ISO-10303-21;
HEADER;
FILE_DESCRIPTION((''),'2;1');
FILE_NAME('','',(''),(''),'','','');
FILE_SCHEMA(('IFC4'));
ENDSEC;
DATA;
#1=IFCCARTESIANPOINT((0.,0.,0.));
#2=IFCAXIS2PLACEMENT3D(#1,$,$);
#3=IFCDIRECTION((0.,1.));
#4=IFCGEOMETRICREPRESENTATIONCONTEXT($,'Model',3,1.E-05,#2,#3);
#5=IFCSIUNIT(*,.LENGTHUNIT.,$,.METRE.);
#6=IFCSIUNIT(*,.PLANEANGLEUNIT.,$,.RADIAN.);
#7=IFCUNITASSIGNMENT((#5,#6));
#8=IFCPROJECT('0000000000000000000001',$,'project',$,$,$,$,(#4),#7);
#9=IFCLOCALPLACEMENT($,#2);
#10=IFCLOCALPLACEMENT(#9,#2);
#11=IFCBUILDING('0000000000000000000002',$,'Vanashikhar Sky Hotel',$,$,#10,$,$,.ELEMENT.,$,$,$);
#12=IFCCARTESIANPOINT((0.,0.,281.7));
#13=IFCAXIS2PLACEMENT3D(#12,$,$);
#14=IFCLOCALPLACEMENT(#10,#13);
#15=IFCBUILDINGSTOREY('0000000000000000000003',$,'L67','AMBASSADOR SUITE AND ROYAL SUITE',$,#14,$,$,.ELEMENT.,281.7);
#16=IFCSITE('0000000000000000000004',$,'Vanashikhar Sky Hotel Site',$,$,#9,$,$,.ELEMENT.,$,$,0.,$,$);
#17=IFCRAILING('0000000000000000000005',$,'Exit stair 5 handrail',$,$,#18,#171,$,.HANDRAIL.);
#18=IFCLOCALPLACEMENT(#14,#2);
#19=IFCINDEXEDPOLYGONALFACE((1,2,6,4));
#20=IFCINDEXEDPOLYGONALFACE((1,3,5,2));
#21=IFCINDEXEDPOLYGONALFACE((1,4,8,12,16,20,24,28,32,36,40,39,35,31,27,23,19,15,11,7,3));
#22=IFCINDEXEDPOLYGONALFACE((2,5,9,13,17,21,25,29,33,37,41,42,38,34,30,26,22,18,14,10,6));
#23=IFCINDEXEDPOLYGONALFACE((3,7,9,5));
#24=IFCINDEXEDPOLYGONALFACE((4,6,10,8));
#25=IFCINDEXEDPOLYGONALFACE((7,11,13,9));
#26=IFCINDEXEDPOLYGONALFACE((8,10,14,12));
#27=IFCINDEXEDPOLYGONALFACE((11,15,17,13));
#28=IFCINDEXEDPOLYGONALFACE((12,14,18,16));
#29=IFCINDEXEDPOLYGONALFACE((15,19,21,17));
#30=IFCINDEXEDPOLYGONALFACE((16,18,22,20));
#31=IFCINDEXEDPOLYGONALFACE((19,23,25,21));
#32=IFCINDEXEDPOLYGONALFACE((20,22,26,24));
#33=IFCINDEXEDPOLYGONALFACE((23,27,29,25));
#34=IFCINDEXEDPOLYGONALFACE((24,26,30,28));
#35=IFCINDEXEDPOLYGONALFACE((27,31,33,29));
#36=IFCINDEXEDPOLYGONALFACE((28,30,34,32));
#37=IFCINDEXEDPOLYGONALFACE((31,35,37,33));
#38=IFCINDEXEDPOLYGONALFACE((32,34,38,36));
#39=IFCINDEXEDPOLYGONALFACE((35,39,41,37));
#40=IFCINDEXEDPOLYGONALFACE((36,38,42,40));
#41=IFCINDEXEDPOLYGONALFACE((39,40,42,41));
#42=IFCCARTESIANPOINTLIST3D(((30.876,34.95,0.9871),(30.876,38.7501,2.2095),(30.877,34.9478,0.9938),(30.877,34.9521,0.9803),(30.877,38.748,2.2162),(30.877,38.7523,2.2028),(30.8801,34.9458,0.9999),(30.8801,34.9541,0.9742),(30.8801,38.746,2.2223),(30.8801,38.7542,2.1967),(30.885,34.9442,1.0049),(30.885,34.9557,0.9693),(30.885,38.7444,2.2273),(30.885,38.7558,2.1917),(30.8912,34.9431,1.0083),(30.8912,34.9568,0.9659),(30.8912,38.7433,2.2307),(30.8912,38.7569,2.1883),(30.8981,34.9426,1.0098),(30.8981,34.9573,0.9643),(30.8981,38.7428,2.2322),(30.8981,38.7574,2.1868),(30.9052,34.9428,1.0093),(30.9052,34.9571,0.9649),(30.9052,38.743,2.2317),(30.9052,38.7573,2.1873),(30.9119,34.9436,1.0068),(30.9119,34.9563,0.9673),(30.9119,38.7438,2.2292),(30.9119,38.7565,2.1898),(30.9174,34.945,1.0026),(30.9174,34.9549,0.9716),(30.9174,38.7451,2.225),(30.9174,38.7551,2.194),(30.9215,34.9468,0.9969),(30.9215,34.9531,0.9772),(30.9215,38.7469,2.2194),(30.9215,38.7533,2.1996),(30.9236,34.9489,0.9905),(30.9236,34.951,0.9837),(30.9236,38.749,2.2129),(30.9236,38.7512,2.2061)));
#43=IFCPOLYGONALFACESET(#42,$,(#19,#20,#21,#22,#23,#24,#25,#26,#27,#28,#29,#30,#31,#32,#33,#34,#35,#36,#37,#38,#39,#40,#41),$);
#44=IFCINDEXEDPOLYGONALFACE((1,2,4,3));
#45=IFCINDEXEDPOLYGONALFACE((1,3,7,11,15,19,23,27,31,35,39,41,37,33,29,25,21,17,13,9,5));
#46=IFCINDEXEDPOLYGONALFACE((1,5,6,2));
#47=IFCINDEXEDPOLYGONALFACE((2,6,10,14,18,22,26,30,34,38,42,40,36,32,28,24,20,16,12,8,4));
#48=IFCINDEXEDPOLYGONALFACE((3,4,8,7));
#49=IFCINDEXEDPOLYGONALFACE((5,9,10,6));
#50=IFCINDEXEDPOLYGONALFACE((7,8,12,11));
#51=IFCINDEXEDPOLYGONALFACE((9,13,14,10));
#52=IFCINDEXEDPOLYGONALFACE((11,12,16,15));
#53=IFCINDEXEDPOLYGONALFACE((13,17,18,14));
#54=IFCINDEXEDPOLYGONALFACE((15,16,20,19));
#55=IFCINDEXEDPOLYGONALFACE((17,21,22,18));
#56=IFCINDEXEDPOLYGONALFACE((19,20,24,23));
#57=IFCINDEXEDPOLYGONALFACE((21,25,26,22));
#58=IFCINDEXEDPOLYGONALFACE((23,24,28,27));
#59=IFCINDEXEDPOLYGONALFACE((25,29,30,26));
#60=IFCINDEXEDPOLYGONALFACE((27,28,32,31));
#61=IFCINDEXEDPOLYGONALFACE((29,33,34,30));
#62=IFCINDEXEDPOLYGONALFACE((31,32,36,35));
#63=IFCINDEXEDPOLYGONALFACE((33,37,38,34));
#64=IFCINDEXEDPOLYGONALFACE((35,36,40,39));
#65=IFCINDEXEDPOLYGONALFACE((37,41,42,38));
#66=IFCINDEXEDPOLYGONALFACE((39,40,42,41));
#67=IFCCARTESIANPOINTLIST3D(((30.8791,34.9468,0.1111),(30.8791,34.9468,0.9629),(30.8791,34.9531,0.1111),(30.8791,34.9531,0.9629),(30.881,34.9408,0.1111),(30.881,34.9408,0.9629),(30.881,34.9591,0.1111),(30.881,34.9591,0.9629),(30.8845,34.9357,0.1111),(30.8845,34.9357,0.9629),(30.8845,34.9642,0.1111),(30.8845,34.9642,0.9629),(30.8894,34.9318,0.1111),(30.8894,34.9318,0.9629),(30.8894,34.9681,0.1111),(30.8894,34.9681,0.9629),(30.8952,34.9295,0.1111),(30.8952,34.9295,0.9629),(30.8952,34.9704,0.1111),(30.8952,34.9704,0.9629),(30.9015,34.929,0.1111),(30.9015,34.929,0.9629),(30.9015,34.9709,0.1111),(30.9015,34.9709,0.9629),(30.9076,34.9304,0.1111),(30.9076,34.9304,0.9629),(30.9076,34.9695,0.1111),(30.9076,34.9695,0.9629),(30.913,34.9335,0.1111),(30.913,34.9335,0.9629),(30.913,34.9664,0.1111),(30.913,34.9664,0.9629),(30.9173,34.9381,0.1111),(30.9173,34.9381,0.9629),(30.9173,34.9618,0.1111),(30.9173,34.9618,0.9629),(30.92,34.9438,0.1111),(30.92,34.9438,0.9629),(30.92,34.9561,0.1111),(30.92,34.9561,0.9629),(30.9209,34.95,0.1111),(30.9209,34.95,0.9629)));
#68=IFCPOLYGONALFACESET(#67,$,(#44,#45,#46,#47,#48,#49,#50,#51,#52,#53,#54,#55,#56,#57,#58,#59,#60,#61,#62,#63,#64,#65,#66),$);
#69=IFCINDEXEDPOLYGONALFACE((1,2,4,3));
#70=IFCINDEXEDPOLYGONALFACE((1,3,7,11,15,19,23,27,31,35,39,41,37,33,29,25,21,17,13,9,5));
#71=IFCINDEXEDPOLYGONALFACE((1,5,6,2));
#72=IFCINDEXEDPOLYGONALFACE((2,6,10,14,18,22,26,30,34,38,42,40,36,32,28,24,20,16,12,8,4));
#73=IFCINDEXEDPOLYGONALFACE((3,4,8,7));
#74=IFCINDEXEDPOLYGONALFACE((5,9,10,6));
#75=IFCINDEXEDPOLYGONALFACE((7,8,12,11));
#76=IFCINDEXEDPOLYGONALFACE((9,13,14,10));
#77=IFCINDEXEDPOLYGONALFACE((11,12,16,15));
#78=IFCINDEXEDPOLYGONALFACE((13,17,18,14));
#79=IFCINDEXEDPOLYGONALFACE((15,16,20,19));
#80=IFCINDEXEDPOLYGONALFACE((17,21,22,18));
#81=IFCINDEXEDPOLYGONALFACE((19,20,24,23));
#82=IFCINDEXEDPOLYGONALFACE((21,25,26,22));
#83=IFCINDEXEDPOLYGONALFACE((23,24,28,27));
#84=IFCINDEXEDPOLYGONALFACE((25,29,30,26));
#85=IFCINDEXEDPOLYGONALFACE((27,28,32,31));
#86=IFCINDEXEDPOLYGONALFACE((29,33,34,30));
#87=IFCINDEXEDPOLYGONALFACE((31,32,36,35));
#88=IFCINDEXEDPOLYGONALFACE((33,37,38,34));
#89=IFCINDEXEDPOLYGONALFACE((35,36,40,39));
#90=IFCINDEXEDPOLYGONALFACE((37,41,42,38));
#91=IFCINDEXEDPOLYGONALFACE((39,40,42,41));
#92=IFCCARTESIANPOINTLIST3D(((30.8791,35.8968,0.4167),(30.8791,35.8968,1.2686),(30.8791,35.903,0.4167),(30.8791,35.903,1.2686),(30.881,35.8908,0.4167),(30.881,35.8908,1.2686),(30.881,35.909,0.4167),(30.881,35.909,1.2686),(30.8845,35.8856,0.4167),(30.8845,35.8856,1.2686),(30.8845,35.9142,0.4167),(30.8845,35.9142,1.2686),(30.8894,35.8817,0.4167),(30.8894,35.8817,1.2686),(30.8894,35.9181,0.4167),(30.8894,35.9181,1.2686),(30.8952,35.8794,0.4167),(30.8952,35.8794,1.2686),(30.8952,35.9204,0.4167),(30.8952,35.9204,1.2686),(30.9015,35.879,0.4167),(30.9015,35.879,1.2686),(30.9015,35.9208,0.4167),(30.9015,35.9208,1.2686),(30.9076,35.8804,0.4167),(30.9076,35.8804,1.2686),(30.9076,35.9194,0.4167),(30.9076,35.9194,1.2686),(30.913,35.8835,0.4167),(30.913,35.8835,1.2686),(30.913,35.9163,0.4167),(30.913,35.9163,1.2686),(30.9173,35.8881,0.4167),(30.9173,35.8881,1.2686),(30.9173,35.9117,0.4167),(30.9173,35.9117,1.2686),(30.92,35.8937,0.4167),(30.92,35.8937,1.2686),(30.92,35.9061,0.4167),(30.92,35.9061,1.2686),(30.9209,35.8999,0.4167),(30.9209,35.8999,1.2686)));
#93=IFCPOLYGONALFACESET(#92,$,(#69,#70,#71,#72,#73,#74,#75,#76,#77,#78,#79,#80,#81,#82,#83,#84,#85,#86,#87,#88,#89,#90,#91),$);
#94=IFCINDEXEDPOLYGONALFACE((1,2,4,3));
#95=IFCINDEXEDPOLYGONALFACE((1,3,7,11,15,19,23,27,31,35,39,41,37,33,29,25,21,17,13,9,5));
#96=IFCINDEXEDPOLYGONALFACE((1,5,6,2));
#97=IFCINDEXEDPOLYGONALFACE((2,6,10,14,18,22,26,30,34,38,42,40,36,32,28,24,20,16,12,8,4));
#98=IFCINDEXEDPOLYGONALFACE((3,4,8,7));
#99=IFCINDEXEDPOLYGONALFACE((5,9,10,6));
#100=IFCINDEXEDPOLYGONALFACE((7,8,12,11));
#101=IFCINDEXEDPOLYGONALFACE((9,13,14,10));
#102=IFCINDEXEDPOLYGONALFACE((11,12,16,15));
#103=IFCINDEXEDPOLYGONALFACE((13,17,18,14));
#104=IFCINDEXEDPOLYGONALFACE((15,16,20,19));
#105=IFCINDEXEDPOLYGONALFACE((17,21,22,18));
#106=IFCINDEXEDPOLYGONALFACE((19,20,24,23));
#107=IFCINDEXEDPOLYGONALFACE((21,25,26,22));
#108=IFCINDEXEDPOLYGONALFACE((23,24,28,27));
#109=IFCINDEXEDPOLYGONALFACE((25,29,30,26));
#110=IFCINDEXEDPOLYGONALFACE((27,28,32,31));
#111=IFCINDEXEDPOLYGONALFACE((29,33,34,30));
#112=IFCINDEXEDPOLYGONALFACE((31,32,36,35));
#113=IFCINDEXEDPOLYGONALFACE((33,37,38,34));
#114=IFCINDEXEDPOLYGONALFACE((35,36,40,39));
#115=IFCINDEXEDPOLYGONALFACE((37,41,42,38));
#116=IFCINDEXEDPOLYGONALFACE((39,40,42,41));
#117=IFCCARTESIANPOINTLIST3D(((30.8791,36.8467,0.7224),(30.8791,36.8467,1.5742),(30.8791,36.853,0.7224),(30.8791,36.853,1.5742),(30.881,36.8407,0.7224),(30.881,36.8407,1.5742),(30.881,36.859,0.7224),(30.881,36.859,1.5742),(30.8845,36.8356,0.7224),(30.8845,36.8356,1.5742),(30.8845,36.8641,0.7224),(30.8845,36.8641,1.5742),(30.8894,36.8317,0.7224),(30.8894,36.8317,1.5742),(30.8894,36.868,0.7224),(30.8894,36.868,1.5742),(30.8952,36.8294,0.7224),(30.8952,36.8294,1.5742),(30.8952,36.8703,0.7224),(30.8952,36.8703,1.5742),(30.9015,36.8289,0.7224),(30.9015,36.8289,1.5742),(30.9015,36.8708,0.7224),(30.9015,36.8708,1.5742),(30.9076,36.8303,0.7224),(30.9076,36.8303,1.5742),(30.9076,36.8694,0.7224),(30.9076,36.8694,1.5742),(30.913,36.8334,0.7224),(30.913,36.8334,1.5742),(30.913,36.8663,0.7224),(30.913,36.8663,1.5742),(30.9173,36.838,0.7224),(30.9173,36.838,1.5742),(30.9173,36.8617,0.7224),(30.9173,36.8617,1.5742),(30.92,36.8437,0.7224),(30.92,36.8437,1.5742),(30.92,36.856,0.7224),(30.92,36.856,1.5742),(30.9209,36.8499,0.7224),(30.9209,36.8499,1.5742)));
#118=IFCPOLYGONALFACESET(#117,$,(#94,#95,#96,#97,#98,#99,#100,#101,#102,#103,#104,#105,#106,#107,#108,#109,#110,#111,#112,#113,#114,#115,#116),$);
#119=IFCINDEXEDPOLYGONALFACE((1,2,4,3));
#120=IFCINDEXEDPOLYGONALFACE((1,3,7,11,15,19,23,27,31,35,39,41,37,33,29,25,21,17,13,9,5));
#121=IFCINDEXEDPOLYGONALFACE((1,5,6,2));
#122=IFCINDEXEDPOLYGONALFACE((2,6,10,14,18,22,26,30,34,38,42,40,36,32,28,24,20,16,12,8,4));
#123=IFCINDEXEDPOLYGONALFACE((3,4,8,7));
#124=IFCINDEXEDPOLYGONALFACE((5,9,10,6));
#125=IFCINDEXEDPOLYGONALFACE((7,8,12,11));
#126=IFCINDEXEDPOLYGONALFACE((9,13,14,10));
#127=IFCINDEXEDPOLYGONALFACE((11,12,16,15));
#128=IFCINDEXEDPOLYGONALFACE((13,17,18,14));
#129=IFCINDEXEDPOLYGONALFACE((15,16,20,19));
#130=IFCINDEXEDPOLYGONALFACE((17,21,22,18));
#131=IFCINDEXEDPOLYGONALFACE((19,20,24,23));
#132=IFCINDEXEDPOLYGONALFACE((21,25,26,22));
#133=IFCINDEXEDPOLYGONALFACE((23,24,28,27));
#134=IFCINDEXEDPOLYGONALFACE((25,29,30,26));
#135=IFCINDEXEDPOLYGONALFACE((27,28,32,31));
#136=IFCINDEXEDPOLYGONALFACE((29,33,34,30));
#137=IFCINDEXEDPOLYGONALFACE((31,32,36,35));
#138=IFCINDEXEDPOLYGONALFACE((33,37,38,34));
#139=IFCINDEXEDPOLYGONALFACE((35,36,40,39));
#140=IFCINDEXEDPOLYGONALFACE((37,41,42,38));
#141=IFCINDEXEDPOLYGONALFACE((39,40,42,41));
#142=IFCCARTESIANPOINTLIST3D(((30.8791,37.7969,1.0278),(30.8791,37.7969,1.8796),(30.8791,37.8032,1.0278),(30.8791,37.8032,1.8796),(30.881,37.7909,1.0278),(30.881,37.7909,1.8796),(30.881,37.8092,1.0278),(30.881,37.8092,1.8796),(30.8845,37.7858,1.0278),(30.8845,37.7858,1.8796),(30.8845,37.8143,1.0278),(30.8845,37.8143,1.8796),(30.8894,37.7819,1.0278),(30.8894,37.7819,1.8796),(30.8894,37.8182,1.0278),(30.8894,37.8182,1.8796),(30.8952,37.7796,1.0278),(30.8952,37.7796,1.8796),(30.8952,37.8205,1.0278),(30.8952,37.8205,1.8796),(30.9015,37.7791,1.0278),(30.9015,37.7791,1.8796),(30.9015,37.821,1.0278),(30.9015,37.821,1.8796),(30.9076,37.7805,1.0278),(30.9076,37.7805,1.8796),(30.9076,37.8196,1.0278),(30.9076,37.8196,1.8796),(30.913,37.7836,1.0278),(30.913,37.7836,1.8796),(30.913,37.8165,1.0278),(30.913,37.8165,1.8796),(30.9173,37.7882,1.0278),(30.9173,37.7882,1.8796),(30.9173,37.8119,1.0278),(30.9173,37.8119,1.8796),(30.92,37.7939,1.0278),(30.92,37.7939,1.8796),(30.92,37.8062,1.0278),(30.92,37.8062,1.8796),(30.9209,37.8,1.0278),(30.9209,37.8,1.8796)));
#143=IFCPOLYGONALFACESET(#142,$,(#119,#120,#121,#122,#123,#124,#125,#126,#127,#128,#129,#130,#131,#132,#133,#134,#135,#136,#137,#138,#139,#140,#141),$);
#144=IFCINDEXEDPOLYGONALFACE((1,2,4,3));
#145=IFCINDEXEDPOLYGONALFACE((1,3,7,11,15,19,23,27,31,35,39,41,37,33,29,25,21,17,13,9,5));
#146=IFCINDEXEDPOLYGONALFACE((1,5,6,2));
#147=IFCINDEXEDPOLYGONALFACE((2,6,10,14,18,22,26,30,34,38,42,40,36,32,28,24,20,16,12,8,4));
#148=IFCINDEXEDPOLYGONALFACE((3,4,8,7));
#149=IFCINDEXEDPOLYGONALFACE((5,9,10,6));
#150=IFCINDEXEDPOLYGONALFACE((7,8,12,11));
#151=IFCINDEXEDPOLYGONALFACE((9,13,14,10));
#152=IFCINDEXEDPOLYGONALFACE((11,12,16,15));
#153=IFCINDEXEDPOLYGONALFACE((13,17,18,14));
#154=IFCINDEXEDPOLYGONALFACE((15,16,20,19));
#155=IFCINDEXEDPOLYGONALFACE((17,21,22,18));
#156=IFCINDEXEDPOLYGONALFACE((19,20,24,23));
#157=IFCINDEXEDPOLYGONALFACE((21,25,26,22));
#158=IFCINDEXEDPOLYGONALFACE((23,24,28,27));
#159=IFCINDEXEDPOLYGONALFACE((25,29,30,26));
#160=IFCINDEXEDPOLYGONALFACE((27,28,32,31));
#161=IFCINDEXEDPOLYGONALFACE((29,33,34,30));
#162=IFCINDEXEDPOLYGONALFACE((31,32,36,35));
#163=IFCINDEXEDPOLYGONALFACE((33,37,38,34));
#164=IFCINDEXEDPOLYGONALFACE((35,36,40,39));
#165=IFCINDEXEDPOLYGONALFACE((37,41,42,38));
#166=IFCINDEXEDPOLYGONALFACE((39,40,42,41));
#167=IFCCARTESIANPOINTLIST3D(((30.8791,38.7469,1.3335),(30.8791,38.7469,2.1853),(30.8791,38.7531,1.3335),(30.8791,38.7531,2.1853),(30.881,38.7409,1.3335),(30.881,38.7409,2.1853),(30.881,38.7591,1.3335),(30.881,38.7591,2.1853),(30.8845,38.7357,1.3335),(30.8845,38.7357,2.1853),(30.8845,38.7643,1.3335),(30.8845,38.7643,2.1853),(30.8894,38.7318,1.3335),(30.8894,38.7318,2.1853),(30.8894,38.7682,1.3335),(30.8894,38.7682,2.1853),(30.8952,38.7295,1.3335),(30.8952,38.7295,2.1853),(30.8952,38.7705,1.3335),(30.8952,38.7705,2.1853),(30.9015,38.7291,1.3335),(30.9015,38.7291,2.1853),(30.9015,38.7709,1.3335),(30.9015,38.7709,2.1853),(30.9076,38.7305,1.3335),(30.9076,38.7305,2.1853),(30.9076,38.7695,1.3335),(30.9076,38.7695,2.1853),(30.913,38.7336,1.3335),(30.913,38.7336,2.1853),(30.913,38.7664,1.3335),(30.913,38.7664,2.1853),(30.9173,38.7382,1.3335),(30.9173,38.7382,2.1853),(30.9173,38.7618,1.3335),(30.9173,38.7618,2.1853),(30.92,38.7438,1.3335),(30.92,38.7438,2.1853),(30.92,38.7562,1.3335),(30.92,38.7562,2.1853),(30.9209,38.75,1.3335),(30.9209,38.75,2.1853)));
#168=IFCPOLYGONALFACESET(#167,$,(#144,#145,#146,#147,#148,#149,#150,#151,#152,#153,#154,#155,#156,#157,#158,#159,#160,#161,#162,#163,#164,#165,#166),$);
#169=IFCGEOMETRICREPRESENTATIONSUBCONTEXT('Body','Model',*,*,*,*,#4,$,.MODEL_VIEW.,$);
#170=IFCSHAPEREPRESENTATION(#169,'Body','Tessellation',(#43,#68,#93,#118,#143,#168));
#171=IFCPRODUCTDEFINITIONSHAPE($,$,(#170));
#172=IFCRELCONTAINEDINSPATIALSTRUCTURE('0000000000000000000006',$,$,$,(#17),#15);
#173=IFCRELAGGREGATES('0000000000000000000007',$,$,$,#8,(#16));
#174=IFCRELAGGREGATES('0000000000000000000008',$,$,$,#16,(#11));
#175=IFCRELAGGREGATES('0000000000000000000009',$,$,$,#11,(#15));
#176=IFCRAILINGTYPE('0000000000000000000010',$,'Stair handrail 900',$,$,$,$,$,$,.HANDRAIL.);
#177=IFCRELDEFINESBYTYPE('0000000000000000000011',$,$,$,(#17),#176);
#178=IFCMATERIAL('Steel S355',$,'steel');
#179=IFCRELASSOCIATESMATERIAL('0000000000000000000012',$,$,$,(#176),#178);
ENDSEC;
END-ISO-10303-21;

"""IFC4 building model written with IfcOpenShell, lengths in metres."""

from ifc_helpers import new_model, si_unit, direction, frame, origin, origin_2d, place, context, subcontext, project, spatial, circle, extrude, source, transform, mapped, material, type_object, element, save


model = new_model("IFC4")

# Units and contexts
model_context = context("Model", 3, precision=1e-05, world=origin(), true_north=direction((0.0, 1.0)))
body_context = subcontext(model_context, "Body", "Model", "MODEL_VIEW")
ifc_project = project(units=[si_unit("LENGTHUNIT", "METRE"), si_unit("PLANEANGLEUNIT", "RADIAN")], contexts=[model_context])

# Site, building, storey
site_placement = place(None, origin())
site = spatial("IfcSite", under=ifc_project, at=site_placement, Name="Vanashikhar Sky Hotel Site", CompositionType="ELEMENT", RefElevation=0.0)
building_placement = place(site_placement, origin())
building = spatial("IfcBuilding", under=site, at=building_placement, Name="Vanashikhar Sky Hotel", CompositionType="ELEMENT")
storey_placement = place(building_placement, frame((0.0, 0.0, 281.7)))
storey = spatial("IfcBuildingStorey", under=building, at=storey_placement, Name="L67", Description="AMBASSADOR SUITE AND ROYAL SUITE", CompositionType="ELEMENT", Elevation=281.7)

# Railing
ifc_material_1 = material(Name="Steel S355", Category="steel")
railing_type_1 = type_object("IfcRailingType", Name="Stair handrail 900", PredefinedType="HANDRAIL", material=ifc_material_1)
shared_shape_1 = source(origin(), body_context, "Body", "SweptSolid", [
    extrude(circle(Radius=0.0239, at=origin_2d()), frame((0.0, 0.0, 0.876), z_axis=(0.0, 0.951958, 0.306229), x_axis=(-1.0, 0.0, 0.0)), (0.0, 0.0, 1.0), 3.9919),
    extrude(circle(Radius=0.021, at=origin_2d()), origin(), (0.0, 0.0, 1.0), 0.8518),
    extrude(circle(Radius=0.021, at=origin_2d()), frame((0.0, 0.95, 0.3057)), (0.0, 0.0, 1.0), 0.8518),
    extrude(circle(Radius=0.021, at=origin_2d()), frame((0.0, 1.8999, 0.6113)), (0.0, 0.0, 1.0), 0.8518),
    extrude(circle(Radius=0.021, at=origin_2d()), frame((0.0, 2.8501, 0.9167)), (0.0, 0.0, 1.0), 0.8518),
    extrude(circle(Radius=0.021, at=origin_2d()), frame((0.0, 3.8, 1.2224)), (0.0, 0.0, 1.0), 0.8518),
])
railing_1_placement = place(storey_placement, frame((30.8999, 34.95, 0.1111)))
element("IfcRailing", 1, at=railing_1_placement, inside=storey, type_object=railing_type_1, Name="Exit stair 5 handrail", PredefinedType="HANDRAIL", context=body_context, shape_type="MappedRepresentation", body=[
    mapped(shared_shape_1, transform((0.0, 0.0, 0.0), scale=1.0)),
])

save(model, "model.ifc")
